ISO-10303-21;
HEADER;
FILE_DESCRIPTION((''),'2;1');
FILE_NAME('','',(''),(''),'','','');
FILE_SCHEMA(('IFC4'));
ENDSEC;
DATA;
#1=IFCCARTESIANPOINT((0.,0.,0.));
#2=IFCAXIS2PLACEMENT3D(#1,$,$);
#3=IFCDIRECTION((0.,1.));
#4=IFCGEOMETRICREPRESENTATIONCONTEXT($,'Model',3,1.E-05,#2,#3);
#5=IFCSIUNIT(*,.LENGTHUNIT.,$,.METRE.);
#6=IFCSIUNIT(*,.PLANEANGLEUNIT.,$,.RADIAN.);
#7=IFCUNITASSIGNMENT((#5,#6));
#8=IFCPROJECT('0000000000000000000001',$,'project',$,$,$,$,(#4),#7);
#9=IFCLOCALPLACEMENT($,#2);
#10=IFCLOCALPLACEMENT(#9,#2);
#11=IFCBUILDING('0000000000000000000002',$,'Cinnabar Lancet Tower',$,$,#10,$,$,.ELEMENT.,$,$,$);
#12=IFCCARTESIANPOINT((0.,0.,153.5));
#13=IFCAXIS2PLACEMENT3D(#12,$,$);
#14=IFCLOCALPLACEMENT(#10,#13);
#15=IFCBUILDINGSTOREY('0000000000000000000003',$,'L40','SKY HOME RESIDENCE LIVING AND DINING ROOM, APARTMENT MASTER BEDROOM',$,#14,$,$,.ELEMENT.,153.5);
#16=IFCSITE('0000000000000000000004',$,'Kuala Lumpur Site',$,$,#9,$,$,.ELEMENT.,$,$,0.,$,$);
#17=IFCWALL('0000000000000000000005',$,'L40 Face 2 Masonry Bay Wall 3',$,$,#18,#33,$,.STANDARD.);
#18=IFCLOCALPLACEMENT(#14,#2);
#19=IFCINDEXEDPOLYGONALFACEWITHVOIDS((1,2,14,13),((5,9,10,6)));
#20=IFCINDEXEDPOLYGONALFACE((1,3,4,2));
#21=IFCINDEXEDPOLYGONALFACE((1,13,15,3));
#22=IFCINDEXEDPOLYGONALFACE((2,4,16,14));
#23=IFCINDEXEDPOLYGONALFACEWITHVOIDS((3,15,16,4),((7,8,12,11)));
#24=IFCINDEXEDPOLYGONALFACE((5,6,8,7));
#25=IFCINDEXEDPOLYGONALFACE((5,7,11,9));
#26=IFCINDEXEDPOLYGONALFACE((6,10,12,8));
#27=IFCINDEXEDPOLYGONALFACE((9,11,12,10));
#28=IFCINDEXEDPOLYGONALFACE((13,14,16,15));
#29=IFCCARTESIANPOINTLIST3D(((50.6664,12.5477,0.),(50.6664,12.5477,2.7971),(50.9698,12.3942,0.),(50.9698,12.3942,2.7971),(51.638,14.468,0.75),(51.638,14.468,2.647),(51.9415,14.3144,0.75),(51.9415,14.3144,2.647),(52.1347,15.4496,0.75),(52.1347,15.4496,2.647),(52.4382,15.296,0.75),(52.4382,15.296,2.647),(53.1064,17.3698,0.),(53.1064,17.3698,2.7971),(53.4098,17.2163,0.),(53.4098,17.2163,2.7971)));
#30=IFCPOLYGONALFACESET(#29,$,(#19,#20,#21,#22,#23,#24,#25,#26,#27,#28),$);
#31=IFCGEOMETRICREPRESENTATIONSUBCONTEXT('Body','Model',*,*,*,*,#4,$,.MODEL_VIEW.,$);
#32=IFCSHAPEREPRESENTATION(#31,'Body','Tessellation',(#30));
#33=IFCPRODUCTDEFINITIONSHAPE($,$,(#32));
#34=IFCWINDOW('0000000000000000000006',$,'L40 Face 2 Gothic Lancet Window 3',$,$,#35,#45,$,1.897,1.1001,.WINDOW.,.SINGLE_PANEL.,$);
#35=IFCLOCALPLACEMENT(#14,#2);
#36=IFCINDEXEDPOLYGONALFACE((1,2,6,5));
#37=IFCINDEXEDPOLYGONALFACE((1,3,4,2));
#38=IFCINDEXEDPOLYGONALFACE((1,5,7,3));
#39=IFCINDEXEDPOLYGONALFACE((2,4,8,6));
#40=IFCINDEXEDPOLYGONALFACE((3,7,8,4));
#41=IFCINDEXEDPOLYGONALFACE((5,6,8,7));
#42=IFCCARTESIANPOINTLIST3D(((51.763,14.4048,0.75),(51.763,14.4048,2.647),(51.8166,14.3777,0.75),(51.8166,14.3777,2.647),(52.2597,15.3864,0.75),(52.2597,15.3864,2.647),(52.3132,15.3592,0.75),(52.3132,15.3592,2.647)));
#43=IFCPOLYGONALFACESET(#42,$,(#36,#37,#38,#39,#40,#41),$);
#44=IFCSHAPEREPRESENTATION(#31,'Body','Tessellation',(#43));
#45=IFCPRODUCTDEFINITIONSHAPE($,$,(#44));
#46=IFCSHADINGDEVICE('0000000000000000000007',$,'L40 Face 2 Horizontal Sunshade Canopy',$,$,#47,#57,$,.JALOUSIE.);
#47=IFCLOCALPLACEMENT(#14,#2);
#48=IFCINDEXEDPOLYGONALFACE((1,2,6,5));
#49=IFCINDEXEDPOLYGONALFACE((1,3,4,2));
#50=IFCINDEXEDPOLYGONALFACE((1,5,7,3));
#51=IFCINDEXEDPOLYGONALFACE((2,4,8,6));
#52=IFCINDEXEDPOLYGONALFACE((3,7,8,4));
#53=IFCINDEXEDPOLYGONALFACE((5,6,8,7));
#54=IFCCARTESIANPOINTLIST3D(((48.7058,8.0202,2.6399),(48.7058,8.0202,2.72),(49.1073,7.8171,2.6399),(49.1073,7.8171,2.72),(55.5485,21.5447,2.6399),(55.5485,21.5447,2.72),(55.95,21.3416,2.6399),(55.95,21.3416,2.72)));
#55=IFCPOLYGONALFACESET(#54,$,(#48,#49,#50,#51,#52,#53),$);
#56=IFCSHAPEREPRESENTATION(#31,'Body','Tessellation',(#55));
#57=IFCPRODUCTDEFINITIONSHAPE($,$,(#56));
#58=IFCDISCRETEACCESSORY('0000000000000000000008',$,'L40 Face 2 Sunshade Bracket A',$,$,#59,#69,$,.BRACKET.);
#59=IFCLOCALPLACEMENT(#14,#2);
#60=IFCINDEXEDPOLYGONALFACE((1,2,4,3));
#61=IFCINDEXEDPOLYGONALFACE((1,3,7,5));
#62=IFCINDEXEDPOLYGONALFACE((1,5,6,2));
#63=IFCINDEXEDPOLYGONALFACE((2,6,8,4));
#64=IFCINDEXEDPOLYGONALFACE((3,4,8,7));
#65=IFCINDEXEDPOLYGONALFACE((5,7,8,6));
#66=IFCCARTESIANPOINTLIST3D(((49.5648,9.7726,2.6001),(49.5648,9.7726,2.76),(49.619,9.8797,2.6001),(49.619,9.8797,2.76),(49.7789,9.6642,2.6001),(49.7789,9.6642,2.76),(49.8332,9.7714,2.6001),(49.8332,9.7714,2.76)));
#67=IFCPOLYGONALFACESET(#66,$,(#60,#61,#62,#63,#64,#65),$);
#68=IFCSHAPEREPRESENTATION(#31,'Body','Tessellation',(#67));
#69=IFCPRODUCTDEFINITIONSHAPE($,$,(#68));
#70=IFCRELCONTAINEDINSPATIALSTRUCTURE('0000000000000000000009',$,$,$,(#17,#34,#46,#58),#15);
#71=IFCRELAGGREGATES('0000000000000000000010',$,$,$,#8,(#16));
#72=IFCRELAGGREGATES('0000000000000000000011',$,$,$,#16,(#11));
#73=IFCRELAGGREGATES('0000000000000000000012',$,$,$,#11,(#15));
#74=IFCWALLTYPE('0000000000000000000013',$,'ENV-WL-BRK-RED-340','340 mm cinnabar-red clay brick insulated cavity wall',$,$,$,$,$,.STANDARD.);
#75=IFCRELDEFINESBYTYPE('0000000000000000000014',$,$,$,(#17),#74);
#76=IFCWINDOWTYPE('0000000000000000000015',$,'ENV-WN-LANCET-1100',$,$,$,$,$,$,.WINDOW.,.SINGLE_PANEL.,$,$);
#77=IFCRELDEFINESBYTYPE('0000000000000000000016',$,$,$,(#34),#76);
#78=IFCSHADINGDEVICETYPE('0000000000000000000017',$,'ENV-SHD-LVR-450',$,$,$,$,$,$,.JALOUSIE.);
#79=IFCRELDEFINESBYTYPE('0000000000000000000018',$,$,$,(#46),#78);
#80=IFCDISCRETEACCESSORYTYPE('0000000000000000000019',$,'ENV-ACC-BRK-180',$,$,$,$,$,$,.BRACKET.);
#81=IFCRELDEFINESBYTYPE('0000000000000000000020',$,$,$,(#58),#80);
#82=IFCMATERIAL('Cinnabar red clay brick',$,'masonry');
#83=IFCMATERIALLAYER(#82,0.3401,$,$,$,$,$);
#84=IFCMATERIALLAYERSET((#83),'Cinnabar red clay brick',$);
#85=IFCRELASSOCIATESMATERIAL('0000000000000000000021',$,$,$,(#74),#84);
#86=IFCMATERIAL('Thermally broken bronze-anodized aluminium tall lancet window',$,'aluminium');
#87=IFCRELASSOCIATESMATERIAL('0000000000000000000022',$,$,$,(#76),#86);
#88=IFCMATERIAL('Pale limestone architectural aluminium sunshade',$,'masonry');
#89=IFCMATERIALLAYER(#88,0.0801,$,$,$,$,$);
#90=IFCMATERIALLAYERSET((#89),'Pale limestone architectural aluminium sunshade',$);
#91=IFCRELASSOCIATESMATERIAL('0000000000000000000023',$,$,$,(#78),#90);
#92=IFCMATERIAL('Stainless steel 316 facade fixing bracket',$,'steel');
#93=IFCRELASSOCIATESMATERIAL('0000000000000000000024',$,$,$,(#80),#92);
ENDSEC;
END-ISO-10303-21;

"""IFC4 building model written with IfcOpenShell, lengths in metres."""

from ifc_helpers import new_model, si_unit, direction, frame, frame_2d, origin, origin_2d, place, context, subcontext, project, spatial, rectangle, extrude, material, layer, layer_set, type_object, element, fill, save


model = new_model("IFC4")

# Units and contexts
model_context = context("Model", 3, precision=1e-05, world=origin(), true_north=direction((0.0, 1.0)))
body_context = subcontext(model_context, "Body", "Model", "MODEL_VIEW")
ifc_project = project(units=[si_unit("LENGTHUNIT", "METRE"), si_unit("PLANEANGLEUNIT", "RADIAN")], contexts=[model_context])

# Site, building, storey
site_placement = place(None, origin())
site = spatial("IfcSite", under=ifc_project, at=site_placement, Name="Kuala Lumpur Site", CompositionType="ELEMENT", RefElevation=0.0)
building_placement = place(site_placement, origin())
building = spatial("IfcBuilding", under=site, at=building_placement, Name="Cinnabar Lancet Tower", CompositionType="ELEMENT")
storey_placement = place(building_placement, frame((0.0, 0.0, 153.5)))
storey = spatial("IfcBuildingStorey", under=building, at=storey_placement, Name="L40", Description="SKY HOME RESIDENCE LIVING AND DINING ROOM, APARTMENT MASTER BEDROOM", CompositionType="ELEMENT", Elevation=153.5)

# Shared definitions
ifc_material_1 = material(Name="Cinnabar red clay brick", Category="masonry")
ifc_layer_1 = layer(ifc_material_1, 0.3401)
ifc_layer_set_1 = layer_set([ifc_layer_1], Name="Cinnabar red clay brick")
wall_type_1 = type_object("IfcWallType", Name="ENV-WL-BRK-RED-340", Description="340 mm cinnabar-red clay brick insulated cavity wall", PredefinedType="STANDARD", material=ifc_layer_set_1)

# Wall, opening, window
ifc_material_2 = material(Name="Thermally broken bronze-anodized aluminium tall lancet window", Category="aluminium")
window_type = type_object("IfcWindowType", Name="ENV-WN-LANCET-1100", PartitioningType="SINGLE_PANEL", PredefinedType="WINDOW", material=ifc_material_2)
wall_1_placement = place(storey_placement, frame((50.8181, 12.4709, 0.0), z_axis=(0.0, 0.0, 1.0), x_axis=(0.451491, 0.892276, 0.0)))
wall_1 = element("IfcWall", 1, at=wall_1_placement, inside=storey, type_object=wall_type_1, Name="L40 Face 2 Masonry Bay Wall 3", PredefinedType="STANDARD", context=body_context, shape_type="SweptSolid", body=[
    extrude(rectangle(XDim=5.4043, YDim=0.3401, at=frame_2d((2.7021, 0.0))), origin(), (0.0, 0.0, 1.0), 2.7971),
])
opening_1_placement = place(wall_1_placement, frame((2.1521, 0.0, 0.75)))
opening_1 = element("IfcOpeningElement", 2, at=opening_1_placement, cuts=wall_1, PredefinedType="OPENING", context=body_context, shape_type="SweptSolid", body=[
    extrude(rectangle(XDim=1.1001, YDim=1.897, at=frame_2d((0.55, 0.9485))), frame((0.0, 0.1799, 0.0), z_axis=(0.0, -1.0, 0.0), x_axis=(1.0, 0.0, 0.0)), (0.0, 0.0, 1.0), 0.3601),
])
window_1_placement = place(opening_1_placement, origin())
window_1 = element("IfcWindow", 3, at=window_1_placement, inside=storey, type_object=window_type, Name="L40 Face 2 Gothic Lancet Window 3", OverallHeight=1.897, OverallWidth=1.1001, PartitioningType="SINGLE_PANEL", PredefinedType="WINDOW", context=body_context, shape_type="SweptSolid", body=[
    extrude(rectangle(XDim=1.1001, YDim=1.897, at=frame_2d((0.55, 0.9485))), frame((0.0, 0.03, 0.0), z_axis=(0.0, -1.0, 0.0), x_axis=(1.0, 0.0, 0.0)), (0.0, 0.0, 1.0), 0.0601),
])
fill(opening_1, window_1)

# Shading device
ifc_material_3 = material(Name="Pale limestone architectural aluminium sunshade", Category="masonry")
ifc_layer_2 = layer(ifc_material_3, 0.0801)
ifc_layer_set_2 = layer_set([ifc_layer_2], Name="Pale limestone architectural aluminium sunshade")
shading_device_type = type_object("IfcShadingDeviceType", Name="ENV-SHD-LVR-450", PredefinedType="JALOUSIE", material=ifc_layer_set_2)
shading_device_placement = place(storey_placement, frame((52.3279, 14.6809, 2.6399), z_axis=(0.0, 0.0, 1.0), x_axis=(0.451454, 0.892294, 0.0)))
element("IfcShadingDevice", 4, at=shading_device_placement, inside=storey, type_object=shading_device_type, Name="L40 Face 2 Horizontal Sunshade Canopy", PredefinedType="JALOUSIE", context=body_context, shape_type="SweptSolid", body=[
    extrude(rectangle(XDim=15.157, YDim=0.45, at=origin_2d()), origin(), (0.0, 0.0, 1.0), 0.0801),
])

# Discrete accessory
ifc_material_4 = material(Name="Stainless steel 316 facade fixing bracket", Category="steel")
discrete_accessory_type = type_object("IfcDiscreteAccessoryType", Name="ENV-ACC-BRK-180", PredefinedType="BRACKET", material=ifc_material_4)
discrete_accessory_placement = place(storey_placement, frame((49.699, 9.772, 2.6001), z_axis=(0.0, 0.0, 1.0), x_axis=(0.451454, 0.892294, 0.0)))
element("IfcDiscreteAccessory", 5, at=discrete_accessory_placement, inside=storey, type_object=discrete_accessory_type, Name="L40 Face 2 Sunshade Bracket A", PredefinedType="BRACKET", context=body_context, shape_type="SweptSolid", body=[
    extrude(rectangle(XDim=0.1201, YDim=0.24, at=origin_2d()), origin(), (0.0, 0.0, 1.0), 0.1599),
])

save(model, "model.ifc")
